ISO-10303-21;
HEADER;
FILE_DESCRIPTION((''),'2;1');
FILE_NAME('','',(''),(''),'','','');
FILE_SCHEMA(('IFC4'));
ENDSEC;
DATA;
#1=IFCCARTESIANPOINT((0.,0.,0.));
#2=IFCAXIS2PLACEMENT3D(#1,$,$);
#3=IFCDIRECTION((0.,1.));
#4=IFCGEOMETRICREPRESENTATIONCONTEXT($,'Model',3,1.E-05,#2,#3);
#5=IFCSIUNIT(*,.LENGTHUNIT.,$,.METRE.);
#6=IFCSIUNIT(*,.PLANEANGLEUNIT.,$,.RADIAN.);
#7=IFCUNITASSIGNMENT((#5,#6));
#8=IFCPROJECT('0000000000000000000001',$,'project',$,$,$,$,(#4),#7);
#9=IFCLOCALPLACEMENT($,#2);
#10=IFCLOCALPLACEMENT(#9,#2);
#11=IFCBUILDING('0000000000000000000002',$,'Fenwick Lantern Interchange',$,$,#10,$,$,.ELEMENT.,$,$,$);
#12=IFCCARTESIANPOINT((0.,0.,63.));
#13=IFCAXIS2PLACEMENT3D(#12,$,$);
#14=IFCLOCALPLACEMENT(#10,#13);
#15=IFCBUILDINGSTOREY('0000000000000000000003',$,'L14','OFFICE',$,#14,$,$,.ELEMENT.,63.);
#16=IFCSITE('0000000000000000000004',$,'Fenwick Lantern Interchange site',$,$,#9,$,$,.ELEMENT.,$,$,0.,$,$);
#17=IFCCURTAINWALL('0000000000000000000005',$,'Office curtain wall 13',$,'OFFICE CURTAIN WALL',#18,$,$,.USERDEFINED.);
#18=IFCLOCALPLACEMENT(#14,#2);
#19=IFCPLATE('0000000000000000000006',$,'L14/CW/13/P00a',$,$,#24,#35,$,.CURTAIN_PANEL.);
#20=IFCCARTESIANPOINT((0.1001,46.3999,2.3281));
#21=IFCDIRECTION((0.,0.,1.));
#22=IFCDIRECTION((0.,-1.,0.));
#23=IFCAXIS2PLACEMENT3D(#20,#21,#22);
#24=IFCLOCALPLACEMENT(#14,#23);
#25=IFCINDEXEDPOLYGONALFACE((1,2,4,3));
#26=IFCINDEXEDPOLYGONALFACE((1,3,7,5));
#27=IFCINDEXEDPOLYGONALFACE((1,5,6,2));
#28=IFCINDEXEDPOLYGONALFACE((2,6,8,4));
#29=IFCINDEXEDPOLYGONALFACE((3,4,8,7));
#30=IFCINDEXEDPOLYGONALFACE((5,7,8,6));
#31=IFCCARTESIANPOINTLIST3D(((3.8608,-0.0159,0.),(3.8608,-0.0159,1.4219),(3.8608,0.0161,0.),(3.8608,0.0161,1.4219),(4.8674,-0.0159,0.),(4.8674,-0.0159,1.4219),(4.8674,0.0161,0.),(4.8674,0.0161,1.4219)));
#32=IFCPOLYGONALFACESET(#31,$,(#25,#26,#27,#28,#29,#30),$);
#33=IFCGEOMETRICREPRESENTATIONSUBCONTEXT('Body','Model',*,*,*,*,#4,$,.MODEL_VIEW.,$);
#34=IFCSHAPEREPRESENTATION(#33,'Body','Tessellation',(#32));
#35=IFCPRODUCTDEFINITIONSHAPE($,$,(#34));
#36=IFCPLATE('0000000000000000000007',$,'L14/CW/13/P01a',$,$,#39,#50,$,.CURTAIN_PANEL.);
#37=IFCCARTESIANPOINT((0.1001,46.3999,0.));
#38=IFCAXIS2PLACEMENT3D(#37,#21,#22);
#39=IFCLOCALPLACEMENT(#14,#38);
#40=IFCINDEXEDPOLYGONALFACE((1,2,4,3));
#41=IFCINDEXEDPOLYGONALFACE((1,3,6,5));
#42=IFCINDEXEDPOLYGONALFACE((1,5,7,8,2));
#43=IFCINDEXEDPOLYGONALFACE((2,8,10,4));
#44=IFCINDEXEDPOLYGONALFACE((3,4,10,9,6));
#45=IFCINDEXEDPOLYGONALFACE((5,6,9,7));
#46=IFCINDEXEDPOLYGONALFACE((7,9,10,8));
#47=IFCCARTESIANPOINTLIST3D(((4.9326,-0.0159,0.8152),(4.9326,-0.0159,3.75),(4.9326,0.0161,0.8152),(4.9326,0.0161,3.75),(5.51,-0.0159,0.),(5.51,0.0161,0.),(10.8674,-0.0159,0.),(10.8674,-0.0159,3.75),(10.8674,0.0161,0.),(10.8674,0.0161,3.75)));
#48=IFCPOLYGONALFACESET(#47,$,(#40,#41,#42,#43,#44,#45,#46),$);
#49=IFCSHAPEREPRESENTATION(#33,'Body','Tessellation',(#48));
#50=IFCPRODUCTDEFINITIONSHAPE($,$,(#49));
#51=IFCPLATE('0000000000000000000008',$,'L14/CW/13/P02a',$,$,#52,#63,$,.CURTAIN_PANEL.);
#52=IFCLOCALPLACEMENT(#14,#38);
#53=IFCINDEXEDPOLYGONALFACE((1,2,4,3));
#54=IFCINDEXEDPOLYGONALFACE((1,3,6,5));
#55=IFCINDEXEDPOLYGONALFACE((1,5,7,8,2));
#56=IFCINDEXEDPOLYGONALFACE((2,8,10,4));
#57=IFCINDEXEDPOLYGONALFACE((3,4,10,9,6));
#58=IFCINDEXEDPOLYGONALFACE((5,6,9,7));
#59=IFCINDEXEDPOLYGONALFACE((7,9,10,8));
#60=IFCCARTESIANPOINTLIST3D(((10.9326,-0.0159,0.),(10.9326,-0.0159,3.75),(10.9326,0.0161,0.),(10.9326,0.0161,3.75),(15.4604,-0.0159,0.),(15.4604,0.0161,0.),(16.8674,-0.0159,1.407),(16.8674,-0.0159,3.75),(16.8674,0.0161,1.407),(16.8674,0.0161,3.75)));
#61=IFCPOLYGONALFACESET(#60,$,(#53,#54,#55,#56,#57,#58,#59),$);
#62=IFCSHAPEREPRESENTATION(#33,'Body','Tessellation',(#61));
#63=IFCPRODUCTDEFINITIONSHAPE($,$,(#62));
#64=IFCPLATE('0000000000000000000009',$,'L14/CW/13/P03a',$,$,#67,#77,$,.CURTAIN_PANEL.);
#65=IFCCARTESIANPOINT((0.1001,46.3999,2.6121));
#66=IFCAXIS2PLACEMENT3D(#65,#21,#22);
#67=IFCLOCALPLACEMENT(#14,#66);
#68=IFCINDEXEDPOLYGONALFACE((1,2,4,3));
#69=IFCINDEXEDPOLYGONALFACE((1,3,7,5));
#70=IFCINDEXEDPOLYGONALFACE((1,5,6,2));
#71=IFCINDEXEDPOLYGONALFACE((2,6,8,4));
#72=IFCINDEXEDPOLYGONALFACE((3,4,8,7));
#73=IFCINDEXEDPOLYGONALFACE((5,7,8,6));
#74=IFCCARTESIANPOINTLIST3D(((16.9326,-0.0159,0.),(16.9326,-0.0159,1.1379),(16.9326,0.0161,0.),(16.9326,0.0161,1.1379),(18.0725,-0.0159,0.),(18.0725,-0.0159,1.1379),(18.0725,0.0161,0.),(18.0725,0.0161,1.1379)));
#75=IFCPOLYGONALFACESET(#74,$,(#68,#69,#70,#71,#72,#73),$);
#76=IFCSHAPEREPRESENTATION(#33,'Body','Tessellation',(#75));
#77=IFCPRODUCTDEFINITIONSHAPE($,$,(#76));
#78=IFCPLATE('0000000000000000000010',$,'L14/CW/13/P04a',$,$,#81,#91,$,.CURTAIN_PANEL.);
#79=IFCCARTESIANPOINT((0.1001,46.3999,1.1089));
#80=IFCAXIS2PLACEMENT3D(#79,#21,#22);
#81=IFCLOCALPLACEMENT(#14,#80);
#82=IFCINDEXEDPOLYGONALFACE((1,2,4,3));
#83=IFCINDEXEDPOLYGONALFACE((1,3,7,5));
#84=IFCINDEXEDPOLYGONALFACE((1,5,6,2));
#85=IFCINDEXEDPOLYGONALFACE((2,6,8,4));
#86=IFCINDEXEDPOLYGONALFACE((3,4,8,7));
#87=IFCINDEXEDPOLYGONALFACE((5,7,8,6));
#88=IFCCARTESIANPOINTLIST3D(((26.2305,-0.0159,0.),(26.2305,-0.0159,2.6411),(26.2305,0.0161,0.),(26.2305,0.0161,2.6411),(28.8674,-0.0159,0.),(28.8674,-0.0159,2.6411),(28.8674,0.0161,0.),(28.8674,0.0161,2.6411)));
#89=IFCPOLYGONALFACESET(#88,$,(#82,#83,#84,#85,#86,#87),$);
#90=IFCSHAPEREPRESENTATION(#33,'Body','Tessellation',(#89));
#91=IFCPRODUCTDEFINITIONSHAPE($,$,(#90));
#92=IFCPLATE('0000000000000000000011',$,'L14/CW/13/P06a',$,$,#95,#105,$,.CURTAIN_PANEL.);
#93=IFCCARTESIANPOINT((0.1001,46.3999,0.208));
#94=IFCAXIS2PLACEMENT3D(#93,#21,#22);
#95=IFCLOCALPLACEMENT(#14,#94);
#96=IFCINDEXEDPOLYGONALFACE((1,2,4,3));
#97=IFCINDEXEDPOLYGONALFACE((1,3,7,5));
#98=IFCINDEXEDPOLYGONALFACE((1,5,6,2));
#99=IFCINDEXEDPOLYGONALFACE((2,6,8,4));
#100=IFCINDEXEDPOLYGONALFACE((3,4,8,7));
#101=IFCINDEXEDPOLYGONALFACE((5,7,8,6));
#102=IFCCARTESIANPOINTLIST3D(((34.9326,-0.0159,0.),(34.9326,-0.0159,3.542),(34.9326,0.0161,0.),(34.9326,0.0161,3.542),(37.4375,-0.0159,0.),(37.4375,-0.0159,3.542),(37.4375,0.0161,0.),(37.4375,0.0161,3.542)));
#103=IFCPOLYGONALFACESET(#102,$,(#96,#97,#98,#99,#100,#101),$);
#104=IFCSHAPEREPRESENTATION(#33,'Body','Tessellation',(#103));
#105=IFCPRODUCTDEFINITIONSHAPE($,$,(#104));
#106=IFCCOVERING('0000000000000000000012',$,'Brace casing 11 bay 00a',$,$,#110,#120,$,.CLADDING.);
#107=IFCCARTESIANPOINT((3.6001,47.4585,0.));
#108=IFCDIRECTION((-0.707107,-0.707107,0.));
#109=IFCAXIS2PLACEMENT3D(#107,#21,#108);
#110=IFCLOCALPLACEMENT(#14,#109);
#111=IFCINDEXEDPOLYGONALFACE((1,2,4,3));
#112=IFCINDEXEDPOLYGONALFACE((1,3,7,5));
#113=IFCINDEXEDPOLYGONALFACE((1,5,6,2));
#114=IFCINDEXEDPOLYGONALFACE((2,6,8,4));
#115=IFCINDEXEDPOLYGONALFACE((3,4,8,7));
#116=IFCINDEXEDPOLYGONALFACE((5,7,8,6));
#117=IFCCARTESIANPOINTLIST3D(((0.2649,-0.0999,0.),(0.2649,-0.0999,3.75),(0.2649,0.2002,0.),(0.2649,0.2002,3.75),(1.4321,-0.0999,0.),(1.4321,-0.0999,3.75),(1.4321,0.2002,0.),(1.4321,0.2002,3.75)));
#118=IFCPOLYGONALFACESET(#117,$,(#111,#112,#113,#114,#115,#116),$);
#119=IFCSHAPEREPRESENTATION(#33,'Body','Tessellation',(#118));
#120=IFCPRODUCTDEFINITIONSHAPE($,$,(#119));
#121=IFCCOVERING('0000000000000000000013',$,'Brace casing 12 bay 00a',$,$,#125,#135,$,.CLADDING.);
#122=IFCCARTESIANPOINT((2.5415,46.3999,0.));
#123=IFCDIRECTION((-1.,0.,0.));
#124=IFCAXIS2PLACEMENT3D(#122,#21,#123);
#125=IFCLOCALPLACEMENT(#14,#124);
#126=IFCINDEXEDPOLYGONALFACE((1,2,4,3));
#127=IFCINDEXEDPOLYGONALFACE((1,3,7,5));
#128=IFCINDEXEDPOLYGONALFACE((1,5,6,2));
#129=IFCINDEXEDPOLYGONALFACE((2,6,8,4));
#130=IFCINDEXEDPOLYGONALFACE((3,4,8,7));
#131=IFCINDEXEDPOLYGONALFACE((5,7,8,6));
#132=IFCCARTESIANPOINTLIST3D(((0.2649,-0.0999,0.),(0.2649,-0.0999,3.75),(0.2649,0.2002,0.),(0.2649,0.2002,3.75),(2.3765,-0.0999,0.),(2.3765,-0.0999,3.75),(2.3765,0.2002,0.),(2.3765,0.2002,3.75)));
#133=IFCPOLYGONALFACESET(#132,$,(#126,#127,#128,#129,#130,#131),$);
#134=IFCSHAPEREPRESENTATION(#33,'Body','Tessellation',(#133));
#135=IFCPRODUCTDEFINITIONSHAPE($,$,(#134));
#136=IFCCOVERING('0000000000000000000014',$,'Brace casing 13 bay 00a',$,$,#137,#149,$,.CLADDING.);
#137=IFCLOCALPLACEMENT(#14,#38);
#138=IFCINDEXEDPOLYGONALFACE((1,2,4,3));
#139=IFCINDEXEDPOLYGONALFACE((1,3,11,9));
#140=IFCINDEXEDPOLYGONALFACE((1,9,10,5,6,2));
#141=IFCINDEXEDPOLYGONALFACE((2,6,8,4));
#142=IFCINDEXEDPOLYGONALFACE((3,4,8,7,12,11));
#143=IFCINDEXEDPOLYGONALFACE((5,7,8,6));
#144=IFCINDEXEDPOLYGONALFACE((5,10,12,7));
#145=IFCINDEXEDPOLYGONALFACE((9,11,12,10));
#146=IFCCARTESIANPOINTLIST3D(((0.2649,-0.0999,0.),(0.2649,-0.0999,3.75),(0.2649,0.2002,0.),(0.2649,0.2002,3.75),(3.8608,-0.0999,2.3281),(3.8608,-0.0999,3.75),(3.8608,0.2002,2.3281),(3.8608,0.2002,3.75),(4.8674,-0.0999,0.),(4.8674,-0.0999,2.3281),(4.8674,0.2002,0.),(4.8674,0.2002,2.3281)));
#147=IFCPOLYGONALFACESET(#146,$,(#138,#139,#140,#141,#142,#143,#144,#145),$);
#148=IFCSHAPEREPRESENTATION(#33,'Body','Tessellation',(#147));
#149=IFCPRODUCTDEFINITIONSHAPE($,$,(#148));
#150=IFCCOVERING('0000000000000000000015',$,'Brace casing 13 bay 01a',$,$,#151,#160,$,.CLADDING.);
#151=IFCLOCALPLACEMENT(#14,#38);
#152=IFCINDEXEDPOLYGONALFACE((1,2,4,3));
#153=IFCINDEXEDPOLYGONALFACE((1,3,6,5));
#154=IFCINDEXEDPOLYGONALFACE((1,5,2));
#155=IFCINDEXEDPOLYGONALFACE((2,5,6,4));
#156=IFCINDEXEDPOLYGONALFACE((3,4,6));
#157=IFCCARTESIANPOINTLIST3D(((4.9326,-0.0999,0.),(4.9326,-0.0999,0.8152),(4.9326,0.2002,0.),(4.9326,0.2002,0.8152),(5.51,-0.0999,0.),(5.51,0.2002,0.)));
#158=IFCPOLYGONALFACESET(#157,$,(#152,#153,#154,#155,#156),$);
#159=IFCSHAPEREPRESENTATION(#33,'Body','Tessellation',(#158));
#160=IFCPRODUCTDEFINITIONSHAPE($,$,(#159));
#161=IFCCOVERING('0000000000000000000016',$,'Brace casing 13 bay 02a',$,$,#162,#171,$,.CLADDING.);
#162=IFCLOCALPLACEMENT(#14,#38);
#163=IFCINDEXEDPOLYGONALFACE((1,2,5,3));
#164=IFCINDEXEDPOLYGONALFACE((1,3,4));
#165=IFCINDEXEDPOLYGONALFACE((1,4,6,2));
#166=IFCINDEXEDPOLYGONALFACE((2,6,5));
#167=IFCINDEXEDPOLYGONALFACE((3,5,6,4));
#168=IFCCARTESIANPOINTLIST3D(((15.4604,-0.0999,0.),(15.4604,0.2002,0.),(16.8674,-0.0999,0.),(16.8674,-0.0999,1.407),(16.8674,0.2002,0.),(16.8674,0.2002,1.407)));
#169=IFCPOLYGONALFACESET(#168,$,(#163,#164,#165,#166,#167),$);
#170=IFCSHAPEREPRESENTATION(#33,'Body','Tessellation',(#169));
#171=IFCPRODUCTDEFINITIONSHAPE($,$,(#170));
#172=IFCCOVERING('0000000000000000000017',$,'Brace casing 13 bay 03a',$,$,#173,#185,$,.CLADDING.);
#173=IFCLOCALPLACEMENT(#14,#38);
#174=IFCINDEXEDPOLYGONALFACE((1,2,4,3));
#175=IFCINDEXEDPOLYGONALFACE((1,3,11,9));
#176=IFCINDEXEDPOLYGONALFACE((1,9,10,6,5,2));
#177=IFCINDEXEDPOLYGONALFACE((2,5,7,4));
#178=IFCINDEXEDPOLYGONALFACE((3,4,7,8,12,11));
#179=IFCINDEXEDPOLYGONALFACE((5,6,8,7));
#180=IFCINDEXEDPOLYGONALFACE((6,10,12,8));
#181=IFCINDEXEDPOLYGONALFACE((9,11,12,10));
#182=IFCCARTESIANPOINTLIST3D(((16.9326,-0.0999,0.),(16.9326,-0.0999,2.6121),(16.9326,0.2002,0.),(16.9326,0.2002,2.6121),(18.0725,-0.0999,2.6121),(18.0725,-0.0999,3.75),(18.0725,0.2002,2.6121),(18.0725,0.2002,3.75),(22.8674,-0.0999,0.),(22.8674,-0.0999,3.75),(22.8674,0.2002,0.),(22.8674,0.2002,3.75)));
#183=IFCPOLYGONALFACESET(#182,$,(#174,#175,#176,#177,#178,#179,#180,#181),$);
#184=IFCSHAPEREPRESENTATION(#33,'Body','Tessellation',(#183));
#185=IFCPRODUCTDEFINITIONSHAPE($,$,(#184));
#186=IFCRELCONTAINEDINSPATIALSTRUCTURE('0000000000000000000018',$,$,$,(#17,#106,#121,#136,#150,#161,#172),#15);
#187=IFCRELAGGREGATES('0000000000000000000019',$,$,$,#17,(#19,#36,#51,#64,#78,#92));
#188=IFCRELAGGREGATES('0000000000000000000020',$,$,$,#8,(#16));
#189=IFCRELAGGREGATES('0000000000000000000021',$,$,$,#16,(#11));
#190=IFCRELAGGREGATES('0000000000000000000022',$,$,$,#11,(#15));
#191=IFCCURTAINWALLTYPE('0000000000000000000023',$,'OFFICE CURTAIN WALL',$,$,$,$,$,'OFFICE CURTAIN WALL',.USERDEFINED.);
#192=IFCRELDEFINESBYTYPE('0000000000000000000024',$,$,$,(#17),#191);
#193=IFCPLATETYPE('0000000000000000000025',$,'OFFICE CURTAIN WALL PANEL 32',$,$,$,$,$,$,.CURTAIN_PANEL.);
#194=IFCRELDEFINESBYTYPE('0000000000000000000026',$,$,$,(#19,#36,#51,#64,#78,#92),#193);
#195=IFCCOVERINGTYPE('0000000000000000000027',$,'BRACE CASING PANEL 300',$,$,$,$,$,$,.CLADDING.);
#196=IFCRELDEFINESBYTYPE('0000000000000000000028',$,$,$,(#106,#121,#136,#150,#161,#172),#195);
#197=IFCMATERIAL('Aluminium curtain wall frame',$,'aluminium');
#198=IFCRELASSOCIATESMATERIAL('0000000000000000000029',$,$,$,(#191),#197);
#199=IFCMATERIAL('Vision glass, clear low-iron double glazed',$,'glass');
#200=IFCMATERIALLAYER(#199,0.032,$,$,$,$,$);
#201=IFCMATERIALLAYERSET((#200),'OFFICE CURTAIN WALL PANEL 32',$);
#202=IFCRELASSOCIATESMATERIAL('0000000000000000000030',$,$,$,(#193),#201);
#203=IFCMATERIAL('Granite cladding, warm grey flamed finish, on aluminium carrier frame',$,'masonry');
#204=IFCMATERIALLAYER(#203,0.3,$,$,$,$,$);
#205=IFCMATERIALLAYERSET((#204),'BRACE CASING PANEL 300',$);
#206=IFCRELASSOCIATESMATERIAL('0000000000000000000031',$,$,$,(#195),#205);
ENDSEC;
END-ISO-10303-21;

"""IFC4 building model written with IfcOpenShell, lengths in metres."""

from ifc_helpers import new_model, si_unit, direction, frame, origin, place, context, subcontext, project, spatial, polyline, outline, extrude, material, layer, layer_set, type_object, element, aggregate, save


model = new_model("IFC4")

# Units and contexts
model_context = context("Model", 3, precision=1e-05, world=origin(), true_north=direction((0.0, 1.0)))
body_context = subcontext(model_context, "Body", "Model", "MODEL_VIEW")
ifc_project = project(units=[si_unit("LENGTHUNIT", "METRE"), si_unit("PLANEANGLEUNIT", "RADIAN")], contexts=[model_context])

# Site, building, storey
site_placement = place(None, origin())
site = spatial("IfcSite", under=ifc_project, at=site_placement, Name="Fenwick Lantern Interchange site", CompositionType="ELEMENT", RefElevation=0.0)
building_placement = place(site_placement, origin())
building = spatial("IfcBuilding", under=site, at=building_placement, Name="Fenwick Lantern Interchange", CompositionType="ELEMENT")
storey_placement = place(building_placement, frame((0.0, 0.0, 63.0)))
storey = spatial("IfcBuildingStorey", under=building, at=storey_placement, Name="L14", Description="OFFICE", CompositionType="ELEMENT", Elevation=63.0)

# Curtain wall
ifc_material_1 = material(Name="Aluminium curtain wall frame", Category="aluminium")
curtain_wall_type = type_object("IfcCurtainWallType", Name="OFFICE CURTAIN WALL", ElementType="OFFICE CURTAIN WALL", PredefinedType="USERDEFINED", material=ifc_material_1)
curtain_wall_1_placement = place(storey_placement, origin())
curtain_wall_1 = element("IfcCurtainWall", 1, at=curtain_wall_1_placement, inside=storey, type_object=curtain_wall_type, Name="Office curtain wall 13", ObjectType="OFFICE CURTAIN WALL", PredefinedType="USERDEFINED")

# Plates
ifc_material_2 = material(Name="Vision glass, clear low-iron double glazed", Category="glass")
ifc_layer_1 = layer(ifc_material_2, 0.032)
ifc_layer_set_1 = layer_set([ifc_layer_1], Name="OFFICE CURTAIN WALL PANEL 32")
plate_type = type_object("IfcPlateType", Name="OFFICE CURTAIN WALL PANEL 32", PredefinedType="CURTAIN_PANEL", material=ifc_layer_set_1)
plate_1_placement = place(storey_placement, frame((0.1001, 46.3999, 2.3281), z_axis=(0.0, 0.0, 1.0), x_axis=(0.0, -1.0, 0.0)))
plate_1 = element("IfcPlate", 2, at=plate_1_placement, type_object=plate_type, Name="L14/CW/13/P00a", PredefinedType="CURTAIN_PANEL", context=body_context, shape_type="SweptSolid", body=[
    extrude(outline(polyline([(3.8608, 0.0), (4.8674, 0.0), (4.8674, 1.4219), (3.8608, 1.4219), (3.8608, 0.0)])), frame((0.0, 0.0161, 0.0), z_axis=(0.0, -1.0, 0.0), x_axis=(1.0, 0.0, 0.0)), (0.0, 0.0, 1.0), 0.032),
])
plate_2_placement = place(storey_placement, frame((0.1001, 46.3999, 0.0), z_axis=(0.0, 0.0, 1.0), x_axis=(0.0, -1.0, 0.0)))
plate_2 = element("IfcPlate", 3, at=plate_2_placement, type_object=plate_type, Name="L14/CW/13/P01a", PredefinedType="CURTAIN_PANEL", context=body_context, shape_type="SweptSolid", body=[
    extrude(outline(polyline([(5.51, 0.0), (10.8674, 0.0), (10.8674, 3.75), (4.9326, 3.75), (4.9326, 0.8152), (5.51, 0.0)])), frame((0.0, 0.0161, 0.0), z_axis=(0.0, -1.0, 0.0), x_axis=(1.0, 0.0, 0.0)), (0.0, 0.0, 1.0), 0.032),
])
plate_3_placement = place(storey_placement, frame((0.1001, 46.3999, 0.0), z_axis=(0.0, 0.0, 1.0), x_axis=(0.0, -1.0, 0.0)))
plate_3 = element("IfcPlate", 4, at=plate_3_placement, type_object=plate_type, Name="L14/CW/13/P02a", PredefinedType="CURTAIN_PANEL", context=body_context, shape_type="SweptSolid", body=[
    extrude(outline(polyline([(10.9326, 0.0), (15.4604, 0.0), (16.8674, 1.407), (16.8674, 3.75), (10.9326, 3.75), (10.9326, 0.0)])), frame((0.0, 0.0161, 0.0), z_axis=(0.0, -1.0, 0.0), x_axis=(1.0, 0.0, 0.0)), (0.0, 0.0, 1.0), 0.032),
])
plate_4_placement = place(storey_placement, frame((0.1001, 46.3999, 2.6121), z_axis=(0.0, 0.0, 1.0), x_axis=(0.0, -1.0, 0.0)))
plate_4 = element("IfcPlate", 5, at=plate_4_placement, type_object=plate_type, Name="L14/CW/13/P03a", PredefinedType="CURTAIN_PANEL", context=body_context, shape_type="SweptSolid", body=[
    extrude(outline(polyline([(16.9326, 0.0), (18.0725, 0.0), (18.0725, 1.1379), (16.9326, 1.1379), (16.9326, 0.0)])), frame((0.0, 0.0161, 0.0), z_axis=(0.0, -1.0, 0.0), x_axis=(1.0, 0.0, 0.0)), (0.0, 0.0, 1.0), 0.032),
])
plate_5_placement = place(storey_placement, frame((0.1001, 46.3999, 1.1089), z_axis=(0.0, 0.0, 1.0), x_axis=(0.0, -1.0, 0.0)))
plate_5 = element("IfcPlate", 6, at=plate_5_placement, type_object=plate_type, Name="L14/CW/13/P04a", PredefinedType="CURTAIN_PANEL", context=body_context, shape_type="SweptSolid", body=[
    extrude(outline(polyline([(26.2305, 0.0), (28.8674, 0.0), (28.8674, 2.6411), (26.2305, 2.6411), (26.2305, 0.0)])), frame((0.0, 0.0161, 0.0), z_axis=(0.0, -1.0, 0.0), x_axis=(1.0, 0.0, 0.0)), (0.0, 0.0, 1.0), 0.032),
])
plate_6_placement = place(storey_placement, frame((0.1001, 46.3999, 0.208), z_axis=(0.0, 0.0, 1.0), x_axis=(0.0, -1.0, 0.0)))
plate_6 = element("IfcPlate", 7, at=plate_6_placement, type_object=plate_type, Name="L14/CW/13/P06a", PredefinedType="CURTAIN_PANEL", context=body_context, shape_type="SweptSolid", body=[
    extrude(outline(polyline([(34.9326, 0.0), (37.4375, 0.0), (37.4375, 3.542), (34.9326, 3.542), (34.9326, 0.0)])), frame((0.0, 0.0161, 0.0), z_axis=(0.0, -1.0, 0.0), x_axis=(1.0, 0.0, 0.0)), (0.0, 0.0, 1.0), 0.032),
])
aggregate(curtain_wall_1, [plate_1, plate_2, plate_3, plate_4, plate_5, plate_6])

# Coverings
ifc_material_3 = material(Name="Granite cladding, warm grey flamed finish, on aluminium carrier frame", Category="masonry")
ifc_layer_2 = layer(ifc_material_3, 0.3)
ifc_layer_set_2 = layer_set([ifc_layer_2], Name="BRACE CASING PANEL 300")
covering_type = type_object("IfcCoveringType", Name="BRACE CASING PANEL 300", PredefinedType="CLADDING", material=ifc_layer_set_2)
covering_1_placement = place(storey_placement, frame((3.6001, 47.4585, 0.0), z_axis=(0.0, 0.0, 1.0), x_axis=(-0.707107, -0.707107, 0.0)))
element("IfcCovering", 8, at=covering_1_placement, inside=storey, type_object=covering_type, Name="Brace casing 11 bay 00a", PredefinedType="CLADDING", context=body_context, shape_type="SweptSolid", body=[
    extrude(outline(polyline([(0.2649, 0.0), (1.4321, 0.0), (1.4321, 3.75), (0.2649, 3.75), (0.2649, 0.0)])), frame((0.0, 0.2002, 0.0), z_axis=(0.0, -1.0, 0.0), x_axis=(1.0, 0.0, 0.0)), (0.0, 0.0, 1.0), 0.3),
])
covering_2_placement = place(storey_placement, frame((2.5415, 46.3999, 0.0), z_axis=(0.0, 0.0, 1.0), x_axis=(-1.0, 0.0, 0.0)))
element("IfcCovering", 9, at=covering_2_placement, inside=storey, type_object=covering_type, Name="Brace casing 12 bay 00a", PredefinedType="CLADDING", context=body_context, shape_type="SweptSolid", body=[
    extrude(outline(polyline([(0.2649, 0.0), (2.3765, 0.0), (2.3765, 3.75), (0.2649, 3.75), (0.2649, 0.0)])), frame((0.0, 0.2002, 0.0), z_axis=(0.0, -1.0, 0.0), x_axis=(1.0, 0.0, 0.0)), (0.0, 0.0, 1.0), 0.3),
])
covering_3_placement = place(storey_placement, frame((0.1001, 46.3999, 0.0), z_axis=(0.0, 0.0, 1.0), x_axis=(0.0, -1.0, 0.0)))
element("IfcCovering", 10, at=covering_3_placement, inside=storey, type_object=covering_type, Name="Brace casing 13 bay 00a", PredefinedType="CLADDING", context=body_context, shape_type="SweptSolid", body=[
    extrude(outline(polyline([(0.2649, 0.0), (4.8674, 0.0), (4.8674, 2.3281), (3.8608, 2.3281), (3.8608, 3.75), (0.2649, 3.75), (0.2649, 0.0)])), frame((0.0, 0.2002, 0.0), z_axis=(0.0, -1.0, 0.0), x_axis=(1.0, 0.0, 0.0)), (0.0, 0.0, 1.0), 0.3),
])
covering_4_placement = place(storey_placement, frame((0.1001, 46.3999, 0.0), z_axis=(0.0, 0.0, 1.0), x_axis=(0.0, -1.0, 0.0)))
element("IfcCovering", 11, at=covering_4_placement, inside=storey, type_object=covering_type, Name="Brace casing 13 bay 01a", PredefinedType="CLADDING", context=body_context, shape_type="SweptSolid", body=[
    extrude(outline(polyline([(4.9326, 0.0), (5.51, 0.0), (4.9326, 0.8152), (4.9326, 0.0)])), frame((0.0, 0.2002, 0.0), z_axis=(0.0, -1.0, 0.0), x_axis=(1.0, 0.0, 0.0)), (0.0, 0.0, 1.0), 0.3),
])
covering_5_placement = place(storey_placement, frame((0.1001, 46.3999, 0.0), z_axis=(0.0, 0.0, 1.0), x_axis=(0.0, -1.0, 0.0)))
element("IfcCovering", 12, at=covering_5_placement, inside=storey, type_object=covering_type, Name="Brace casing 13 bay 02a", PredefinedType="CLADDING", context=body_context, shape_type="SweptSolid", body=[
    extrude(outline(polyline([(15.4604, 0.0), (16.8674, 0.0), (16.8674, 1.407), (15.4604, 0.0)])), frame((0.0, 0.2002, 0.0), z_axis=(0.0, -1.0, 0.0), x_axis=(1.0, 0.0, 0.0)), (0.0, 0.0, 1.0), 0.3),
])
covering_6_placement = place(storey_placement, frame((0.1001, 46.3999, 0.0), z_axis=(0.0, 0.0, 1.0), x_axis=(0.0, -1.0, 0.0)))
element("IfcCovering", 13, at=covering_6_placement, inside=storey, type_object=covering_type, Name="Brace casing 13 bay 03a", PredefinedType="CLADDING", context=body_context, shape_type="SweptSolid", body=[
    extrude(outline(polyline([(16.9326, 0.0), (22.8674, 0.0), (22.8674, 3.75), (18.0725, 3.75), (18.0725, 2.6121), (16.9326, 2.6121), (16.9326, 0.0)])), frame((0.0, 0.2002, 0.0), z_axis=(0.0, -1.0, 0.0), x_axis=(1.0, 0.0, 0.0)), (0.0, 0.0, 1.0), 0.3),
])

save(model, "model.ifc")
